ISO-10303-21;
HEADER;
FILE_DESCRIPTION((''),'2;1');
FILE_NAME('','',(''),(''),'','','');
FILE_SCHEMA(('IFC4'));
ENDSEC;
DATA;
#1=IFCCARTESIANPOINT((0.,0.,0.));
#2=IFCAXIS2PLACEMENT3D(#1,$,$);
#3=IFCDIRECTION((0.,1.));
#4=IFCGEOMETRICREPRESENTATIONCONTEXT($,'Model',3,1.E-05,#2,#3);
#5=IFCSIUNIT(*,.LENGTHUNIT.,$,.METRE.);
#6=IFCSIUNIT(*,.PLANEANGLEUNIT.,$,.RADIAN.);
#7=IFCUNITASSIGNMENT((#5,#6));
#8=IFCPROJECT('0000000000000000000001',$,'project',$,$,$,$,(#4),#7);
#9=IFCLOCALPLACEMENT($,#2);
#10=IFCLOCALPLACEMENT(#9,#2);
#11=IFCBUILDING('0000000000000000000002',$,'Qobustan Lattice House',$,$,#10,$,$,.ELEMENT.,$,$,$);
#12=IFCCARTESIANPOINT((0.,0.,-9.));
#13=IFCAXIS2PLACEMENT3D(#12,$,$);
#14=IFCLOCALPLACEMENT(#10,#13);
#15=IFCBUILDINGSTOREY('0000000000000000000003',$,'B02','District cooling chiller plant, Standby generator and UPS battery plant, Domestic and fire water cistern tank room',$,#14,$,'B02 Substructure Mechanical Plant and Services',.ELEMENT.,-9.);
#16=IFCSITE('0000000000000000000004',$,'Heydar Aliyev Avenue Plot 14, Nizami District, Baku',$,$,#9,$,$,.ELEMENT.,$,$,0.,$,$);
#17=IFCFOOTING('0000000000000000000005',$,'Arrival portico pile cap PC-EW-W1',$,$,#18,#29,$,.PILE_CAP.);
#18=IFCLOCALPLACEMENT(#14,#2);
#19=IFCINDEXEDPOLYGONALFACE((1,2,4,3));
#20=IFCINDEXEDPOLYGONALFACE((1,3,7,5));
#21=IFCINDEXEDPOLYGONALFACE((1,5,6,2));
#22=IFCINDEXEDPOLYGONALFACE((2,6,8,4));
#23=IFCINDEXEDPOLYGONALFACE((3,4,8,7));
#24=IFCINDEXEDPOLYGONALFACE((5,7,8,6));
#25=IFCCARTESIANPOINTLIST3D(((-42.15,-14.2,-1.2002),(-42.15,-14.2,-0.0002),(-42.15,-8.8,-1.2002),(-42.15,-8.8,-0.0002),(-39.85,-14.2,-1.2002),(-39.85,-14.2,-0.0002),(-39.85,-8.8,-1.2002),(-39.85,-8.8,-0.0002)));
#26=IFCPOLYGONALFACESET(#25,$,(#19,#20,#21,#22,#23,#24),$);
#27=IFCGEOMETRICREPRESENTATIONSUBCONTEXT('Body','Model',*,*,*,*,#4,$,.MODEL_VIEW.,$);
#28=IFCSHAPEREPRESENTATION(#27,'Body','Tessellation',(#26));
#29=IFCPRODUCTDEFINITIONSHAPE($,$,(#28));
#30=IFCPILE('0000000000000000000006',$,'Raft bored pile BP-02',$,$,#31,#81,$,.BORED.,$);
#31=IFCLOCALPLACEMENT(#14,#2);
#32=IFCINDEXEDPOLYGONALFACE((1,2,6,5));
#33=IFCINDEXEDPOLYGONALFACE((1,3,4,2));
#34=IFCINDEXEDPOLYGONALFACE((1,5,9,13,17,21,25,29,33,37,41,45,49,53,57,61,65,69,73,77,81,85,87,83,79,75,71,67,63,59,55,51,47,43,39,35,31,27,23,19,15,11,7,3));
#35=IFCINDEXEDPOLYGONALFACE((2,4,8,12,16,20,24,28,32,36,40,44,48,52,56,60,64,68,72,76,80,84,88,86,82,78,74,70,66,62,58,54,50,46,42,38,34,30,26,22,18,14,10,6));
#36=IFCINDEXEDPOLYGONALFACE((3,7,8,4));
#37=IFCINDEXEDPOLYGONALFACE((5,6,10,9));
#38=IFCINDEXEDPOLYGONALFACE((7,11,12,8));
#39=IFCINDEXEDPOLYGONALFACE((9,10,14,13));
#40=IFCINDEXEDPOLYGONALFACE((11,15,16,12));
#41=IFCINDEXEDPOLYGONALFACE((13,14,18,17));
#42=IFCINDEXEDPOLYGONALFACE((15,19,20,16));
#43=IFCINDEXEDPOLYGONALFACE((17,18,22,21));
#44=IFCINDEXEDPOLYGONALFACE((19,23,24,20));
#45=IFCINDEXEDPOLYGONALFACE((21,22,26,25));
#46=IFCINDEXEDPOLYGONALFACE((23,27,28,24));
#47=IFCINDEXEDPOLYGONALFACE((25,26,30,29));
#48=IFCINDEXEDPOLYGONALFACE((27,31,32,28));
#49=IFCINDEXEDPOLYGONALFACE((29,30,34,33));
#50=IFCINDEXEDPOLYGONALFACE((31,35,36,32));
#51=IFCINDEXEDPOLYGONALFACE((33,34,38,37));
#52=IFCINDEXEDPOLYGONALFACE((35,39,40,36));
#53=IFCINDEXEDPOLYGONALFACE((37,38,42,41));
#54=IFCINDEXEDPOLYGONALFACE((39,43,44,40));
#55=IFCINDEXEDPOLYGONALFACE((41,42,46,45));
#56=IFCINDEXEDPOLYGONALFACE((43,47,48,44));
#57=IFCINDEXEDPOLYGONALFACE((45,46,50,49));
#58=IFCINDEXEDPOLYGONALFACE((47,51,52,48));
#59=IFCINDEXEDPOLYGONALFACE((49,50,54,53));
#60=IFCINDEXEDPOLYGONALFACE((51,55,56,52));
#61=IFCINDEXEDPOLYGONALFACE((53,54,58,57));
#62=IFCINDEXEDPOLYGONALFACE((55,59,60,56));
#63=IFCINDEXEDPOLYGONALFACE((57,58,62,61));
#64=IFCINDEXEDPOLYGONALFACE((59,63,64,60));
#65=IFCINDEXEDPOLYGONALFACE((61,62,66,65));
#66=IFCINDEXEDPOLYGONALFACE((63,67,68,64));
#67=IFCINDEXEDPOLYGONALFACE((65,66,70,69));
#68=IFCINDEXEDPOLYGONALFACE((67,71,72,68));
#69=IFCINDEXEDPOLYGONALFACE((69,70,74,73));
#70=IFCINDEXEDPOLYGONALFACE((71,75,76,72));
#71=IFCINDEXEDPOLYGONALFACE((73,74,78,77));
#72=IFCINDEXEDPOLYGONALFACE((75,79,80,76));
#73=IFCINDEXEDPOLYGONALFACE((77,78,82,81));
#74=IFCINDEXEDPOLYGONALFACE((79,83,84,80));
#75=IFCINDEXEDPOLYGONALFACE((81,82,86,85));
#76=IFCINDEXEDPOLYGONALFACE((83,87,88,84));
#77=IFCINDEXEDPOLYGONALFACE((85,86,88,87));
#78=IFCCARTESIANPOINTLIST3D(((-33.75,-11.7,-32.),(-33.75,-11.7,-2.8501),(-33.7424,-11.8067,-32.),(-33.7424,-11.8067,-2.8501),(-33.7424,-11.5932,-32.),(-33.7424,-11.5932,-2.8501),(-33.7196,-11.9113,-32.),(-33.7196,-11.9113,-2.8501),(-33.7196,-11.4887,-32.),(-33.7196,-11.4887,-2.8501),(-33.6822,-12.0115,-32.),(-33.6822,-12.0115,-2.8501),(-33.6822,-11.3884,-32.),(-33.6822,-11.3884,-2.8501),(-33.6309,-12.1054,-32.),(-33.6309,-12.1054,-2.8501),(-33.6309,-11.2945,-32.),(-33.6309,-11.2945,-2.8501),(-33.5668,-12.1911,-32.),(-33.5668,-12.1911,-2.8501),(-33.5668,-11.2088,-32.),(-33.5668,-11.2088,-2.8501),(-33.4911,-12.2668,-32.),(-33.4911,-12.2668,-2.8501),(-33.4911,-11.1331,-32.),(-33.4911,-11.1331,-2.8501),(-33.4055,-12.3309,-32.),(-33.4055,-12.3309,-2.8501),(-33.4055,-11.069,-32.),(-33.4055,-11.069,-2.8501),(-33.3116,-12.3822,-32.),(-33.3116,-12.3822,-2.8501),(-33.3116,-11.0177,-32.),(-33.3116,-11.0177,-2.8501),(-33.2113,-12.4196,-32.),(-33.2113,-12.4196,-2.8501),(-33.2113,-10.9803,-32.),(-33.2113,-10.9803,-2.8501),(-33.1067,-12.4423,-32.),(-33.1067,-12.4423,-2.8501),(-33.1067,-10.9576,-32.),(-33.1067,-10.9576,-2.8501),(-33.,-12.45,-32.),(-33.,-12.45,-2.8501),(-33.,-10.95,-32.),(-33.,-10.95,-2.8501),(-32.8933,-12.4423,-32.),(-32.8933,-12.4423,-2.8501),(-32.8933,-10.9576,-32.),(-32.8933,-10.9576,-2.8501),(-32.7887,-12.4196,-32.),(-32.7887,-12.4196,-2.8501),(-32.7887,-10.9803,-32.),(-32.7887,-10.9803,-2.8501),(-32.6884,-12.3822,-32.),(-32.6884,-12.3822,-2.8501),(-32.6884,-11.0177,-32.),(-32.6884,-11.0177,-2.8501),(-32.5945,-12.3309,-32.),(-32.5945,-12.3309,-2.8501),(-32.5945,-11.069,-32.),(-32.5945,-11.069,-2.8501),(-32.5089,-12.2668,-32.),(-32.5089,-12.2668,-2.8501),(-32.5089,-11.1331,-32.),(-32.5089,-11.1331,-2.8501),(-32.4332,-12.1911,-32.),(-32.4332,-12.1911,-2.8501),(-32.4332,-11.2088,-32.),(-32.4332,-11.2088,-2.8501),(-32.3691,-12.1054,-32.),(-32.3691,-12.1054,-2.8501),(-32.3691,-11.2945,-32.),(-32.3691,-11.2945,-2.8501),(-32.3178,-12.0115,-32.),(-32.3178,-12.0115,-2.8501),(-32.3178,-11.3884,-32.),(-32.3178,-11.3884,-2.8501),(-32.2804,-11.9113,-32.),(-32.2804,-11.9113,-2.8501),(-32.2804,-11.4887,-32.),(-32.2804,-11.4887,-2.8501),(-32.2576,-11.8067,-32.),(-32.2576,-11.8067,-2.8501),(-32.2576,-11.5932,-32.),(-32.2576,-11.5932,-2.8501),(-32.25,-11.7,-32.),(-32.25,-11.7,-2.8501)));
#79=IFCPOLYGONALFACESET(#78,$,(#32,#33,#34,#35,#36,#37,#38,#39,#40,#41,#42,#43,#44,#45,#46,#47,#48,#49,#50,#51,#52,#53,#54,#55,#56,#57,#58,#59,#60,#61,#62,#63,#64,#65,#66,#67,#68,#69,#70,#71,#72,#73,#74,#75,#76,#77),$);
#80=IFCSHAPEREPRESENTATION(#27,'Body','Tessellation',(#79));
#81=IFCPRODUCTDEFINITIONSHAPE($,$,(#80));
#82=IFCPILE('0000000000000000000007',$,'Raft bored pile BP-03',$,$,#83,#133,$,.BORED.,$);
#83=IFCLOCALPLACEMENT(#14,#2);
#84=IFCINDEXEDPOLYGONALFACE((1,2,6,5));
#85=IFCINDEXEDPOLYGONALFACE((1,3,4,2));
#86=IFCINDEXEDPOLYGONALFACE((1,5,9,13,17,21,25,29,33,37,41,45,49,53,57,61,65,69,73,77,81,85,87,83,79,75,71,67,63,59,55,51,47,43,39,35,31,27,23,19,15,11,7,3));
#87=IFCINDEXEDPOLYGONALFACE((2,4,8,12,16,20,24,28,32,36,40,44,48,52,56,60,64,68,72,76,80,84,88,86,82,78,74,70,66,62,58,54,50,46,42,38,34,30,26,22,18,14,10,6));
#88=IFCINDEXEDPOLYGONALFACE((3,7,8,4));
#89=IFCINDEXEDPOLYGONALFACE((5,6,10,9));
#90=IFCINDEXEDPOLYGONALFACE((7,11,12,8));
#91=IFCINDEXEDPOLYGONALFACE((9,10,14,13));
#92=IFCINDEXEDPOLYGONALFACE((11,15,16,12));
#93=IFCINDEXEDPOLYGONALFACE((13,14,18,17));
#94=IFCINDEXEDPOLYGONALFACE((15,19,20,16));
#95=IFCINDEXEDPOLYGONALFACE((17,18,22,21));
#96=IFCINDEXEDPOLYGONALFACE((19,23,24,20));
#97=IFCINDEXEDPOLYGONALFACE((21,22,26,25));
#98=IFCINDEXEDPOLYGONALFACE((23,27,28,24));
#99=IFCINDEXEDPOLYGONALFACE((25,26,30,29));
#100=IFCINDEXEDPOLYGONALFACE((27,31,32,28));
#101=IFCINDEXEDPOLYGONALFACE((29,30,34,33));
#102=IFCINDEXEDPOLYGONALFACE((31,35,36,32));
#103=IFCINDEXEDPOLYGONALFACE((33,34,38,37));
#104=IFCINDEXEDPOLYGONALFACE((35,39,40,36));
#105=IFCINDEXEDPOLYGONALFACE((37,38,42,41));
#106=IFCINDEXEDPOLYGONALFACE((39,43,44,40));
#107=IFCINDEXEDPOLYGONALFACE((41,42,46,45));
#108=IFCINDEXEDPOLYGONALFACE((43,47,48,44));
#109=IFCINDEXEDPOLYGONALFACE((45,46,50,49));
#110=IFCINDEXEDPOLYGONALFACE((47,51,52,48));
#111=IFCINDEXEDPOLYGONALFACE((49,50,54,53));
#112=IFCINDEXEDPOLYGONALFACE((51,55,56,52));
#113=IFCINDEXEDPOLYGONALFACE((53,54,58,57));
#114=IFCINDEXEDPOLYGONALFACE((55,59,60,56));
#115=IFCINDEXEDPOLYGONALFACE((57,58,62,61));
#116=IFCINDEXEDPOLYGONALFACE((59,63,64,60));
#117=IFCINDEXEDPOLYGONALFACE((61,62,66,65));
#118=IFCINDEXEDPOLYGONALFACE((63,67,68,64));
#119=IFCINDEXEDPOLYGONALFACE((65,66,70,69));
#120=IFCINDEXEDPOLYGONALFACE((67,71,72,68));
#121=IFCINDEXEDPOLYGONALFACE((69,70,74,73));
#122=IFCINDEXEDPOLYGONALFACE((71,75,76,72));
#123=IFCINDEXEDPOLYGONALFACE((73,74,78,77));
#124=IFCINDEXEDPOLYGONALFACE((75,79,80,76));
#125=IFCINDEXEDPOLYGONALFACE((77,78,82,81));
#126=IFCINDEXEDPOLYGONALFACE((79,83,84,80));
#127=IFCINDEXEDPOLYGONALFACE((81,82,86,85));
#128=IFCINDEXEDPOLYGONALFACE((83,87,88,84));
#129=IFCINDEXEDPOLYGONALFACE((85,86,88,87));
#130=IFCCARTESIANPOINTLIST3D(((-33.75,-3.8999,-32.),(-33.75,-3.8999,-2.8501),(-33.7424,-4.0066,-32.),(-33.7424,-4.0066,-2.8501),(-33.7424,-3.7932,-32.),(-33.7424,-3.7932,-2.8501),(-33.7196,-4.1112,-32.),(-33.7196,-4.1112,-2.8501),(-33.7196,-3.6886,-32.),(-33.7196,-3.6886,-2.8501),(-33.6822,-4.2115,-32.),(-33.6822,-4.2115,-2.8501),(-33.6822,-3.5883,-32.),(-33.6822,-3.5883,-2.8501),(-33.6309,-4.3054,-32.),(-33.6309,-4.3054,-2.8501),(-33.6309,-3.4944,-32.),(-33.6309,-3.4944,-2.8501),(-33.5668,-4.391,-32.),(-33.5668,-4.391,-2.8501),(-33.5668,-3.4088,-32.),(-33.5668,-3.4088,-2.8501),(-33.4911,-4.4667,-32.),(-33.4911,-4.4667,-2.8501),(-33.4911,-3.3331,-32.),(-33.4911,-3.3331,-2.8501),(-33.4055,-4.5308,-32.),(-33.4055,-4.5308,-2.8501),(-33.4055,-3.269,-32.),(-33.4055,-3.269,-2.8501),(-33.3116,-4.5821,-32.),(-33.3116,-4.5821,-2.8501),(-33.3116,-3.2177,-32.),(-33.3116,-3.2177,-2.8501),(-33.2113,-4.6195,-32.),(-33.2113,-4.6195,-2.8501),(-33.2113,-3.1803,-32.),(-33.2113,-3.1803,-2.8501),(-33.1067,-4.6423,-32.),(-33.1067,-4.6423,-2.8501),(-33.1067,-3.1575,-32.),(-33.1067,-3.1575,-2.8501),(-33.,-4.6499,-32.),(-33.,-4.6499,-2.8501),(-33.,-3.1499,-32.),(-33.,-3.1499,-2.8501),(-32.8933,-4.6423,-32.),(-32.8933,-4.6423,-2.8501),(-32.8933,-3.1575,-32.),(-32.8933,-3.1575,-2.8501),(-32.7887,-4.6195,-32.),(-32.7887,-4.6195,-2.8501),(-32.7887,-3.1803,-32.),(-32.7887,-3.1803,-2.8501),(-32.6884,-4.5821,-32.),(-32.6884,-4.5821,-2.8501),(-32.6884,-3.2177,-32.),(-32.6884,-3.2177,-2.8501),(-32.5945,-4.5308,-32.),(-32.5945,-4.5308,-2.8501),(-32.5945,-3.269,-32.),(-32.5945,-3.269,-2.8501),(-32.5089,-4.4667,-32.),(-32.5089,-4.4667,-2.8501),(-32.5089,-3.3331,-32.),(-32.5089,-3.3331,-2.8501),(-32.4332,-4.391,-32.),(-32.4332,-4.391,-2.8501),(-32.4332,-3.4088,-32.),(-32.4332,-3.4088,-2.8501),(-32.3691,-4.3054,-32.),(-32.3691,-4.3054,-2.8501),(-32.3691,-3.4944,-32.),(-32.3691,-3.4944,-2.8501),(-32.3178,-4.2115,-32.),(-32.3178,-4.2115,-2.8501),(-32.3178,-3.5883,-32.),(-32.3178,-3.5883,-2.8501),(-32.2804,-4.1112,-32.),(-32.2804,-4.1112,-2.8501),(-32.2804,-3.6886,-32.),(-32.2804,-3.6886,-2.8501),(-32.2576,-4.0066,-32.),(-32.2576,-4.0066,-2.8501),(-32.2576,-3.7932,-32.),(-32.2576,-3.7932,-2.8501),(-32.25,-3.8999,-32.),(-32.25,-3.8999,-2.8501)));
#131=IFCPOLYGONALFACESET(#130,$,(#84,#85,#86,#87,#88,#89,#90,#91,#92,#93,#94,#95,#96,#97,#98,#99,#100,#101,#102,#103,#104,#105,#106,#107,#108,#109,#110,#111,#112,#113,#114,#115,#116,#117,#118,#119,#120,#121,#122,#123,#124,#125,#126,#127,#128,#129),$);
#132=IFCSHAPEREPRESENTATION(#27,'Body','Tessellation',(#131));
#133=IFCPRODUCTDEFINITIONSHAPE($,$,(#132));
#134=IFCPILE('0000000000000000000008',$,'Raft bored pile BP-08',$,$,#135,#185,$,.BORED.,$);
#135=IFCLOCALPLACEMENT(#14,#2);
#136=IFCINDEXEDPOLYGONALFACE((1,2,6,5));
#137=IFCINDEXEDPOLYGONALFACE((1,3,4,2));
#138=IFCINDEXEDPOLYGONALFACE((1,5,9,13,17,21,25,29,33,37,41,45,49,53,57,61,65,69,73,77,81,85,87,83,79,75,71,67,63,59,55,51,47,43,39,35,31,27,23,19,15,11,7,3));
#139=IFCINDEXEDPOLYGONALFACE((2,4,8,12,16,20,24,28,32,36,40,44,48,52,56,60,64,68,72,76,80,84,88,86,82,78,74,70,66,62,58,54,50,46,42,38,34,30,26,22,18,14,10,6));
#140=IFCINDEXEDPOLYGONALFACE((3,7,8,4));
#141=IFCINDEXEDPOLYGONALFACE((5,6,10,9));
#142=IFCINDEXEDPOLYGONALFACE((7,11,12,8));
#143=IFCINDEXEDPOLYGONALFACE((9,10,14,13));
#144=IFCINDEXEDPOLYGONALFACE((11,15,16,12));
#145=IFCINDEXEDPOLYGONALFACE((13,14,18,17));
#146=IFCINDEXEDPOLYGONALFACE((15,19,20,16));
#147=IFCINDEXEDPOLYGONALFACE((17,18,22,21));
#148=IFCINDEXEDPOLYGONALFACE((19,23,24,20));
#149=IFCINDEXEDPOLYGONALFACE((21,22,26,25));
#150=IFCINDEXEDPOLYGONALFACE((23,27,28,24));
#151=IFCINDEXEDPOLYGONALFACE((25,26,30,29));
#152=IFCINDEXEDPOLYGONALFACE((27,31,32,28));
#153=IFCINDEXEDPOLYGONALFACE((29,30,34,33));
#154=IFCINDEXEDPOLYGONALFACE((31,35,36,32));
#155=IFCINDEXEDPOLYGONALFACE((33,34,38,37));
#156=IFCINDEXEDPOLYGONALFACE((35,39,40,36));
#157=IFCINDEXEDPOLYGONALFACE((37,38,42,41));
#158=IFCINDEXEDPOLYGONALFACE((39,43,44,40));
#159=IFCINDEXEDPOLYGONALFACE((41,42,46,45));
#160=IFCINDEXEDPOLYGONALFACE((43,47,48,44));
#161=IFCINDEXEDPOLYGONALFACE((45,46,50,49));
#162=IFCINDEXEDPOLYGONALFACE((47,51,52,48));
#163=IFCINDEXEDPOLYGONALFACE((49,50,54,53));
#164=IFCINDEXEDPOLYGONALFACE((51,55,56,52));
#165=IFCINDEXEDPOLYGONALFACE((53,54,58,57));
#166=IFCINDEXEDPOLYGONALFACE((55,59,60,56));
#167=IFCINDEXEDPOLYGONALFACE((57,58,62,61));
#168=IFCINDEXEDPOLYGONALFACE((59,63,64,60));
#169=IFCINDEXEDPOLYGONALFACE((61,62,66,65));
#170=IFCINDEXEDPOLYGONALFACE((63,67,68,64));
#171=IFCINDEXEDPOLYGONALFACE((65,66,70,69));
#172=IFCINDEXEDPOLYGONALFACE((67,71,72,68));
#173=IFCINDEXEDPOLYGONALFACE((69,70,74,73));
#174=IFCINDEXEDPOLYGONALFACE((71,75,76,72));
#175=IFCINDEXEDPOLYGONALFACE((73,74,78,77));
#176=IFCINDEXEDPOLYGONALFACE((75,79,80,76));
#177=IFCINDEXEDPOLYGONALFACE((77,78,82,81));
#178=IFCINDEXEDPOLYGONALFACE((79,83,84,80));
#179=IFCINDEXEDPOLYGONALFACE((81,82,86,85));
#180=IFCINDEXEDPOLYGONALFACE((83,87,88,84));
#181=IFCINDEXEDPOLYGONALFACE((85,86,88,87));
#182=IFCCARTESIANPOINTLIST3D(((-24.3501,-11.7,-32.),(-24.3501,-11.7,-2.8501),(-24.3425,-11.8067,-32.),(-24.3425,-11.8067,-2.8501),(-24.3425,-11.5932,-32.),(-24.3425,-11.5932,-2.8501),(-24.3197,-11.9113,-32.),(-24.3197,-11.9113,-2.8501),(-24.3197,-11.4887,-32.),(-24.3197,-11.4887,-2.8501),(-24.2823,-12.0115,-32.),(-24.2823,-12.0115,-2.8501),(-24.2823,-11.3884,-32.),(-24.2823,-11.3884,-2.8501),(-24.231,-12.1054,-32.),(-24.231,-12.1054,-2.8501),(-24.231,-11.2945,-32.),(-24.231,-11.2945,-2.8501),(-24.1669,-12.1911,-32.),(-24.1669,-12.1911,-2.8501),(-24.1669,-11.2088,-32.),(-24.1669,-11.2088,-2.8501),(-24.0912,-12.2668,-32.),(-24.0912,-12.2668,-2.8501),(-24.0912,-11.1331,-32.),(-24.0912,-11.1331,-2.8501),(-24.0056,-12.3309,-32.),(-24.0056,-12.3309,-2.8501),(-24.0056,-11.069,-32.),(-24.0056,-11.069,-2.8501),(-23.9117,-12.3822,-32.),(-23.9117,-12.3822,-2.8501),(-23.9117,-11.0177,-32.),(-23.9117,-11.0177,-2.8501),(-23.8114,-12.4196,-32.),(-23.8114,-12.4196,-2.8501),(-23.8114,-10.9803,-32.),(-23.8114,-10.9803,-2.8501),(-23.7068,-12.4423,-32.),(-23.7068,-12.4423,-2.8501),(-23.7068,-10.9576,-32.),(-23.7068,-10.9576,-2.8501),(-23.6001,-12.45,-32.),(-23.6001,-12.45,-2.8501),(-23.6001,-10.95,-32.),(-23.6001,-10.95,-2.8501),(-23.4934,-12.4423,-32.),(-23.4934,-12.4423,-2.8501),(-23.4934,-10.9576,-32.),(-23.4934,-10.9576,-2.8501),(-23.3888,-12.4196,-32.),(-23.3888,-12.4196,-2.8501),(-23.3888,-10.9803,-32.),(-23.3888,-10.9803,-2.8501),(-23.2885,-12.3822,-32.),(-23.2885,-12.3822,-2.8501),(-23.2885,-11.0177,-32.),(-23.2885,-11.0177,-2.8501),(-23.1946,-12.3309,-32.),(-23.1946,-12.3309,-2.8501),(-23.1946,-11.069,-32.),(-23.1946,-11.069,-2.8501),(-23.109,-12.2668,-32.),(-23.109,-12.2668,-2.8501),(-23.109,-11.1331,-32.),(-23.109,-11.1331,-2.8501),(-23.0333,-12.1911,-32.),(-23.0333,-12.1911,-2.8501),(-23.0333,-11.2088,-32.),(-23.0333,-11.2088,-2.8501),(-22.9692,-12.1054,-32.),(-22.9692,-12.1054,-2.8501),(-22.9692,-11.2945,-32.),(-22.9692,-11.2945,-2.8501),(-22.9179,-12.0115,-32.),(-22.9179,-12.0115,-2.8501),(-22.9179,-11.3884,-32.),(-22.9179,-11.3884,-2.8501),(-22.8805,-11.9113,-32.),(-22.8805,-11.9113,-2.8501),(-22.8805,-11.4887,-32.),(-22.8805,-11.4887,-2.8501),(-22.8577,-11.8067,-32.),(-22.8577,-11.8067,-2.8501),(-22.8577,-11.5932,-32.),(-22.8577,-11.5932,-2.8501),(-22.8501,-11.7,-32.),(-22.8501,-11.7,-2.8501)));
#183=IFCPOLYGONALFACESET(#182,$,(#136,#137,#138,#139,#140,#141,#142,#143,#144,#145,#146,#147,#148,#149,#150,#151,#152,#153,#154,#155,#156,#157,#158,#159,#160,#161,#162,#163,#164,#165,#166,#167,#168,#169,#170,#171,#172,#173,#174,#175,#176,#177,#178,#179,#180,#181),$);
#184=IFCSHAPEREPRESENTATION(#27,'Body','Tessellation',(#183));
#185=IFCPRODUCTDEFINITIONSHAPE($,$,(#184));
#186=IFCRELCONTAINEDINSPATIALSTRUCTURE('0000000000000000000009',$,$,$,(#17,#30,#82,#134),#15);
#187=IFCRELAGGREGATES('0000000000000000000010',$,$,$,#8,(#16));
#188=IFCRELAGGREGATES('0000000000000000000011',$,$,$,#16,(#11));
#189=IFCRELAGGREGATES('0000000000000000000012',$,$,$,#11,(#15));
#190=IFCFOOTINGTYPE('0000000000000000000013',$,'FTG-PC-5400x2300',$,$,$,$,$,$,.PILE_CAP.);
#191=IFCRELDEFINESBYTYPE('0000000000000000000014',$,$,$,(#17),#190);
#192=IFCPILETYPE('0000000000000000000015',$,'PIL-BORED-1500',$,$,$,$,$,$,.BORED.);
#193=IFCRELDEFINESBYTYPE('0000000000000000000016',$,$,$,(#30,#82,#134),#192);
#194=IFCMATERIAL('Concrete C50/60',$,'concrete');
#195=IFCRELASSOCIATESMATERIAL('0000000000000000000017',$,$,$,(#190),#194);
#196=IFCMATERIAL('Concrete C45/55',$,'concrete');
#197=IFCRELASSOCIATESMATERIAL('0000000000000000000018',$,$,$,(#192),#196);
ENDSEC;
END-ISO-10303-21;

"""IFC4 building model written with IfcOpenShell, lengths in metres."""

from ifc_helpers import new_model, si_unit, direction, frame, origin, origin_2d, place, context, subcontext, project, spatial, rectangle, circle, extrude, material, material_profile, profile_set, type_object, element, save


model = new_model("IFC4")

# Units and contexts
model_context = context("Model", 3, precision=1e-05, world=origin(), true_north=direction((0.0, 1.0)))
body_context = subcontext(model_context, "Body", "Model", "MODEL_VIEW")
ifc_project = project(units=[si_unit("LENGTHUNIT", "METRE"), si_unit("PLANEANGLEUNIT", "RADIAN")], contexts=[model_context])

# Site, building, storey
site_placement = place(None, origin())
site = spatial("IfcSite", under=ifc_project, at=site_placement, Name="Heydar Aliyev Avenue Plot 14, Nizami District, Baku", CompositionType="ELEMENT", RefElevation=0.0)
building_placement = place(site_placement, origin())
building = spatial("IfcBuilding", under=site, at=building_placement, Name="Qobustan Lattice House", CompositionType="ELEMENT")
storey_placement = place(building_placement, frame((0.0, 0.0, -9.0)))
storey = spatial("IfcBuildingStorey", under=building, at=storey_placement, Name="B02", Description="District cooling chiller plant, Standby generator and UPS battery plant, Domestic and fire water cistern tank room", LongName="B02 Substructure Mechanical Plant and Services", CompositionType="ELEMENT", Elevation=-9.0)

# Footing
ifc_material_1 = material(Name="Concrete C50/60", Category="concrete")
footing_type = type_object("IfcFootingType", Name="FTG-PC-5400x2300", PredefinedType="PILE_CAP", material=ifc_material_1)
footing_placement = place(storey_placement, frame((-41.0, -11.5, -1.2002), z_axis=(0.0, 0.0, 1.0), x_axis=(1.0, 0.0, 0.0)))
element("IfcFooting", 1, at=footing_placement, inside=storey, type_object=footing_type, Name="Arrival portico pile cap PC-EW-W1", PredefinedType="PILE_CAP", context=body_context, shape_type="SweptSolid", body=[
    extrude(rectangle(XDim=2.3, YDim=5.3999, at=origin_2d()), origin(), (0.0, 0.0, 1.0), 1.2),
])

# Piles
ifc_material_2 = material(Name="Concrete C45/55", Category="concrete")
ifc_material_profile_1 = material_profile(ifc_material_2, circle(Radius=0.75, at=origin_2d()), Name="PILE-D1500")
ifc_profile_set_1 = profile_set([ifc_material_profile_1], Name="Concrete C45/55")
pile_type = type_object("IfcPileType", Name="PIL-BORED-1500", PredefinedType="BORED", material=ifc_profile_set_1)
for number, where, z_axis, x_axis, name in (
    (2, (-33.0, -11.7, -2.8501), (0.0, 0.0, -1.0), (1.0, 0.0, 0.0), "Raft bored pile BP-02"),
    (3, (-33.0, -3.8999, -2.8501), (0.0, 0.0, -1.0), (1.0, 0.0, 0.0), "Raft bored pile BP-03"),
    (4, (-23.6001, -11.7, -2.8501), (0.0, 0.0, -1.0), (1.0, 0.0, 0.0), "Raft bored pile BP-08"),
):
    element("IfcPile", number, at=place(storey_placement, frame(where, z_axis=z_axis, x_axis=x_axis)), inside=storey, type_object=pile_type, Name=name, PredefinedType="BORED", context=body_context, shape_type="SweptSolid", body=[
        extrude(circle(Radius=0.75, at=origin_2d()), origin(), (0.0, 0.0, 1.0), 29.1499),
    ])

save(model, "model.ifc")
